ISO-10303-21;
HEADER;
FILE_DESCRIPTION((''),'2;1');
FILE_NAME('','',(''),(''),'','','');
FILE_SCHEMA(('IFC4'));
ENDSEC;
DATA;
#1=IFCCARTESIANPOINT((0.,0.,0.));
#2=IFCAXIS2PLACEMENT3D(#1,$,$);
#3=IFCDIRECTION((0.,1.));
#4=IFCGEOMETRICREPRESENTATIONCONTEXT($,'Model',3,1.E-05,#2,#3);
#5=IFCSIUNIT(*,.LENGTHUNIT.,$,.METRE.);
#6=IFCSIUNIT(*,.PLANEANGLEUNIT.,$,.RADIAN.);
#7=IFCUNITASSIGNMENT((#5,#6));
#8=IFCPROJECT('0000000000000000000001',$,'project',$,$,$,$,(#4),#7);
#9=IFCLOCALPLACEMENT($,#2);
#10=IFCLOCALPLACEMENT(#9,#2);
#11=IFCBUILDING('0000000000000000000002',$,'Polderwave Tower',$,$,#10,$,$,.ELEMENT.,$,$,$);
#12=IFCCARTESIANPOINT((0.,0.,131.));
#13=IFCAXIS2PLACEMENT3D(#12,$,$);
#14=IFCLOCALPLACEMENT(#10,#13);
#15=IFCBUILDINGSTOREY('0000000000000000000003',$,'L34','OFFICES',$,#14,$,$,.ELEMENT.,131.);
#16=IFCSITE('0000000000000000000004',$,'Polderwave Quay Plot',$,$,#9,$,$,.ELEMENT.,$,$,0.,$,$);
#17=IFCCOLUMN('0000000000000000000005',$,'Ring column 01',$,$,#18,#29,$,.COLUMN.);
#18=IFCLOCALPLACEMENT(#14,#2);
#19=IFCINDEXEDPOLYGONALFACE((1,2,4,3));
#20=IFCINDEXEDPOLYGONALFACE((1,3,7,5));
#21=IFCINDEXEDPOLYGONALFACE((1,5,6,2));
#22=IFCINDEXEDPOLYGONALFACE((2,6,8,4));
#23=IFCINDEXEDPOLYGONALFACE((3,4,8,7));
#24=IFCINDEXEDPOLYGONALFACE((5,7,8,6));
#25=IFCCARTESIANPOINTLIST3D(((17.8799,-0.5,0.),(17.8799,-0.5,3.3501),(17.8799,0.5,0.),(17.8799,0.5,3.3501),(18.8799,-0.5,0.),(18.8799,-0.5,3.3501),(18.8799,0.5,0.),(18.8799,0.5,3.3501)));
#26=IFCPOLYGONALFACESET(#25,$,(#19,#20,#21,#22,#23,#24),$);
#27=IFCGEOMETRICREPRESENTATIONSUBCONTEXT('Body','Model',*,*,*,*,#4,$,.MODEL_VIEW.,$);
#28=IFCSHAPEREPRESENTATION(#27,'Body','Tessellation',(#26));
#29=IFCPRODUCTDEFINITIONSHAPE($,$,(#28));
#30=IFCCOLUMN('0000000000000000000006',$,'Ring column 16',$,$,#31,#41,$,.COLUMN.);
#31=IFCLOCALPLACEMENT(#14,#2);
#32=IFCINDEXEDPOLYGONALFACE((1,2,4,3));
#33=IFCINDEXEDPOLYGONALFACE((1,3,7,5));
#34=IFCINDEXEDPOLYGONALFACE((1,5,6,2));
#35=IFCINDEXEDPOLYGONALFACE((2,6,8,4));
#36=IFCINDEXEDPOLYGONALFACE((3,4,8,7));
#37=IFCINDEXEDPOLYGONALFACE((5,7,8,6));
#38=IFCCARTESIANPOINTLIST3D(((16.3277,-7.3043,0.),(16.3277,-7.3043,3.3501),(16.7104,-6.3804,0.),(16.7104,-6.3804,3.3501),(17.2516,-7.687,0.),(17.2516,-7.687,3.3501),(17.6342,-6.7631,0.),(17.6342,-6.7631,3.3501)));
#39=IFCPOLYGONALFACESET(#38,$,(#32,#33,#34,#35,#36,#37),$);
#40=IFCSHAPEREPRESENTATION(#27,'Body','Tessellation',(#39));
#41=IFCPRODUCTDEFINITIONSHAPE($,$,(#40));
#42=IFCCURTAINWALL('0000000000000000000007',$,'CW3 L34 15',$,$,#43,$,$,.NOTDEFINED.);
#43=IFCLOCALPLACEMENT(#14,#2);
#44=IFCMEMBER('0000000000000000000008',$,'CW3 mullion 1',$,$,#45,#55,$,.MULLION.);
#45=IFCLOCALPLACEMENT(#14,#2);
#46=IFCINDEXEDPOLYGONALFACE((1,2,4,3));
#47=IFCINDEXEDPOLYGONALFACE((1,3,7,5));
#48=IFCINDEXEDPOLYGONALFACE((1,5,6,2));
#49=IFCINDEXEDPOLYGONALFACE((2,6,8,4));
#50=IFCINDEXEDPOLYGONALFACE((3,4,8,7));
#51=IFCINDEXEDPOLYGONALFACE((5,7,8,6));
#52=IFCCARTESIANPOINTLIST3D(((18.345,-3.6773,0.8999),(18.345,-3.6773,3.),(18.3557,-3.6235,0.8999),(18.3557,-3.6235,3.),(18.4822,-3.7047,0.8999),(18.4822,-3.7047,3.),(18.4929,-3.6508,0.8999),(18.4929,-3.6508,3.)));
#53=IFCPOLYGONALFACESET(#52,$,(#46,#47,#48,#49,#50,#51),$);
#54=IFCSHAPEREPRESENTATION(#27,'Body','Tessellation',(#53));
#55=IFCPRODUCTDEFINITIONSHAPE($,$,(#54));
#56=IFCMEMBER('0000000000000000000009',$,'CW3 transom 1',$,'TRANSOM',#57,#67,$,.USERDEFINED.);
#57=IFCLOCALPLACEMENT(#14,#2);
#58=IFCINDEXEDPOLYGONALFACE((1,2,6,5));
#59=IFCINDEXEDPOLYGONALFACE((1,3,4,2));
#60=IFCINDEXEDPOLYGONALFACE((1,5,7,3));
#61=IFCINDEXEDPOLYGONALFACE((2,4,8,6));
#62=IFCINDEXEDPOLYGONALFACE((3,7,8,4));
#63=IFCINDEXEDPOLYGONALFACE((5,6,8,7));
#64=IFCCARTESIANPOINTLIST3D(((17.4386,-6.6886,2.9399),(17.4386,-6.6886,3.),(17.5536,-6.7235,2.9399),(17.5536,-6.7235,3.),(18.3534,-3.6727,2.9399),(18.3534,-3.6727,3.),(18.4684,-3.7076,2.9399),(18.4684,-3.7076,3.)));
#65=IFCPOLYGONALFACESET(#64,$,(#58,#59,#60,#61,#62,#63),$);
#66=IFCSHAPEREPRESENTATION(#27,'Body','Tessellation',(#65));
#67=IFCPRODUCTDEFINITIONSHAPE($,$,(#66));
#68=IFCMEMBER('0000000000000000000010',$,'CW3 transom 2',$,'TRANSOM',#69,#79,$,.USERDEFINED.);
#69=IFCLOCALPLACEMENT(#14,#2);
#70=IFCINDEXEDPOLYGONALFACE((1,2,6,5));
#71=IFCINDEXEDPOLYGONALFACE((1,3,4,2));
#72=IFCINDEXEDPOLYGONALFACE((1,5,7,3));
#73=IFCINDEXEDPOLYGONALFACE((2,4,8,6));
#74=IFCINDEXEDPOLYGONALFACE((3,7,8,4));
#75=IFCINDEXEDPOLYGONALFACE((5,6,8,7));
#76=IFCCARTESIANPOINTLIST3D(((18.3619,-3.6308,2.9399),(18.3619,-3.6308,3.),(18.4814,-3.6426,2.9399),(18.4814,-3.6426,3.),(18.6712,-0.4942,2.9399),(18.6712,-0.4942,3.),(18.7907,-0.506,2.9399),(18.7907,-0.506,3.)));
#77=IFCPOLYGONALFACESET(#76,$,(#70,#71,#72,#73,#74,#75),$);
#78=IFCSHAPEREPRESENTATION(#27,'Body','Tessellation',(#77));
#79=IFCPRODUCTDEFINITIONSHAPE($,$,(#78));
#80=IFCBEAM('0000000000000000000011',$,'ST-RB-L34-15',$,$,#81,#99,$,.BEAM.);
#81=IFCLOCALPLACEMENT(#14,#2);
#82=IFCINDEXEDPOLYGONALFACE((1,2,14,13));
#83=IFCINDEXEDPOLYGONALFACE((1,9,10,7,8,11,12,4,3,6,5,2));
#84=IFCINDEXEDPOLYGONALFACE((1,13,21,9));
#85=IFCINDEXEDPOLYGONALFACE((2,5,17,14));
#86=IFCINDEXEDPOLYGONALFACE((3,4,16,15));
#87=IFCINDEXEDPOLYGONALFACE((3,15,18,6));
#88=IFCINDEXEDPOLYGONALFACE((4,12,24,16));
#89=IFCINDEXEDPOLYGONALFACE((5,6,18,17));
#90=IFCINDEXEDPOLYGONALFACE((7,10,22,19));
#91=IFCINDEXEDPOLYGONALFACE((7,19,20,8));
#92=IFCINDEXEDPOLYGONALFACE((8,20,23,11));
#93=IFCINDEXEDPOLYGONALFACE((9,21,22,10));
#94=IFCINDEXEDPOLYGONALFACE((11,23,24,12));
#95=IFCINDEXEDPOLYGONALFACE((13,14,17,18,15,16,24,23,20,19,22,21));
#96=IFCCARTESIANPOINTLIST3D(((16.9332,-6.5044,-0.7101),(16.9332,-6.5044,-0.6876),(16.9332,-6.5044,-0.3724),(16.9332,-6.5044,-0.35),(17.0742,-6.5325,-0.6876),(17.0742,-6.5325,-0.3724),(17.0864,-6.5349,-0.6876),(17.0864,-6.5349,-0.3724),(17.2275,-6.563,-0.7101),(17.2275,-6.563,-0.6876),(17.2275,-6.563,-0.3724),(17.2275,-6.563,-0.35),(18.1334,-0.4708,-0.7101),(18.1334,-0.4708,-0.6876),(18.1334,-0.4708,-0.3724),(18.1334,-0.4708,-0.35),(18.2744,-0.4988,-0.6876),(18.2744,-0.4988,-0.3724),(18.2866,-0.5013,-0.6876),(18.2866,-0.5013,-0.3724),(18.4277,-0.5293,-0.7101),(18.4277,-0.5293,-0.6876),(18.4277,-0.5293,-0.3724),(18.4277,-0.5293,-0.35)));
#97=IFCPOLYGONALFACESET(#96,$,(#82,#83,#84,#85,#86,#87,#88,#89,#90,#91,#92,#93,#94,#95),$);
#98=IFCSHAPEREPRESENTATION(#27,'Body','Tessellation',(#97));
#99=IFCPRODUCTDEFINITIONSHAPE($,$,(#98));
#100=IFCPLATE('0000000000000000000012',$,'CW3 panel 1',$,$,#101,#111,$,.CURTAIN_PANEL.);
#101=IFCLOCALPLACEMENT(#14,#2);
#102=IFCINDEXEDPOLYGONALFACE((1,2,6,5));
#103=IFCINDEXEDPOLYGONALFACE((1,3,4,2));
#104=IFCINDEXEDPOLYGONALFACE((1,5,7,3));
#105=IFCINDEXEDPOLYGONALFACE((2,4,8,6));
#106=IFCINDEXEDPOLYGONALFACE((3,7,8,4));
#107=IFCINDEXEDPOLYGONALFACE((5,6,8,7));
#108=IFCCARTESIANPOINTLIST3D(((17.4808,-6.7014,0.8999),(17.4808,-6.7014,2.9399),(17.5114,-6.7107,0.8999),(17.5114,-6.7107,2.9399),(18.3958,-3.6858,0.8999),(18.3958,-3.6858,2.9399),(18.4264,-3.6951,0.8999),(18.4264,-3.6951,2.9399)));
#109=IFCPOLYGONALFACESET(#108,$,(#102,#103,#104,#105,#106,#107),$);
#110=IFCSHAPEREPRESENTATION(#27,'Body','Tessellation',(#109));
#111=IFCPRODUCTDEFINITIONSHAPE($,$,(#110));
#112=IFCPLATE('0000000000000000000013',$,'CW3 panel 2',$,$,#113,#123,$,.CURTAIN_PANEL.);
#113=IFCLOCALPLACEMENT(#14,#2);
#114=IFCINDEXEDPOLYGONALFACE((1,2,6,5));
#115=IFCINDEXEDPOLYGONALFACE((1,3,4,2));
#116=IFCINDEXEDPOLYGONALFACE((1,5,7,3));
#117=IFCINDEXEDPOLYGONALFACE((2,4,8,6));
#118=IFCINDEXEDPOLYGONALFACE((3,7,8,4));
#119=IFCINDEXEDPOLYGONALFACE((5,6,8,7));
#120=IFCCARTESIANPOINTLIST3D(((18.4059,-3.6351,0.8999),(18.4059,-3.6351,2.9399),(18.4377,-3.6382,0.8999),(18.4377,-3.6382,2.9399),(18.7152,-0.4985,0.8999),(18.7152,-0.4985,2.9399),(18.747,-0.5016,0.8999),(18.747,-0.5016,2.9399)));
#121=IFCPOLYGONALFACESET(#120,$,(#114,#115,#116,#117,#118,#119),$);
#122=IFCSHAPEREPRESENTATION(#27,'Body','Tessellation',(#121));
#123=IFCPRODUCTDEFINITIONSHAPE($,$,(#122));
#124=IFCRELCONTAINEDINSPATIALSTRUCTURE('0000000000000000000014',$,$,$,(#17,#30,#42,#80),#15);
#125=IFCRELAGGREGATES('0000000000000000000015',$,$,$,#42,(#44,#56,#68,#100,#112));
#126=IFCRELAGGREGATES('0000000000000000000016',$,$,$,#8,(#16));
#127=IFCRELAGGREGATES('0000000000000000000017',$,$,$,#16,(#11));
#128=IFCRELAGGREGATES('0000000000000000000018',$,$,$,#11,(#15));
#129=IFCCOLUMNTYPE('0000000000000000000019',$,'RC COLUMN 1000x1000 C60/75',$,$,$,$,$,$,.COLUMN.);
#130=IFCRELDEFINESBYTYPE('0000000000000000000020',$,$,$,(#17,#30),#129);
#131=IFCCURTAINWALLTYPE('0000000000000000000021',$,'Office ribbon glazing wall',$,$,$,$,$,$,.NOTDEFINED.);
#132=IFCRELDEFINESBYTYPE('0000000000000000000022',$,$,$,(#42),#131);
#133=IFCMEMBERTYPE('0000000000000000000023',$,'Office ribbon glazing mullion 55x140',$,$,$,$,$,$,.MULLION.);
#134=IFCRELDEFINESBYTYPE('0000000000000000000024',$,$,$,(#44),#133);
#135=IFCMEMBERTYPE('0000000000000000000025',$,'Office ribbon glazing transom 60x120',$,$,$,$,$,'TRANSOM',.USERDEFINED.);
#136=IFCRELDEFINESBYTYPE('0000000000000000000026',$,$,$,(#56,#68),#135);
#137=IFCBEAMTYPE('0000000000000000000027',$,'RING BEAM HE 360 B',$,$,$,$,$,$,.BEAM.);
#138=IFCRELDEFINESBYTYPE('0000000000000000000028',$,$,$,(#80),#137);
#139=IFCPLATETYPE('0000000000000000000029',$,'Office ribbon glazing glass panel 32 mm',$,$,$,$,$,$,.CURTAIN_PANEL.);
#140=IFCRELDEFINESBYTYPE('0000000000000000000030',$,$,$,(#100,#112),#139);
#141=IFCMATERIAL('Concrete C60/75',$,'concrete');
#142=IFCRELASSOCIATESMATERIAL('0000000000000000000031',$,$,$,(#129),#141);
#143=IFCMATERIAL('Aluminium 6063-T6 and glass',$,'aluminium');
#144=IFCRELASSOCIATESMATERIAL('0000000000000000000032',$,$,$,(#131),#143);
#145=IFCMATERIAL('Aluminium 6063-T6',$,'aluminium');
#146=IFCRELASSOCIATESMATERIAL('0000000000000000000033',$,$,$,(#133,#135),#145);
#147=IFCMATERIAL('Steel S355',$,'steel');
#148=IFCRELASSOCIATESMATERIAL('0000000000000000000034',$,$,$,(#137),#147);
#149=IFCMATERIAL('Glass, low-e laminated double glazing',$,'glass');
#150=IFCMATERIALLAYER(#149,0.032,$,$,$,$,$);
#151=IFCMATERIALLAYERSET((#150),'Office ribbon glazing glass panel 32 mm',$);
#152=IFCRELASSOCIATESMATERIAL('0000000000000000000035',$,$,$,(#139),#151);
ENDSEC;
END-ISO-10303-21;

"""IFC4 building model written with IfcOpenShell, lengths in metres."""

from ifc_helpers import new_model, si_unit, direction, frame, origin, origin_2d, place, context, subcontext, project, spatial, rectangle, i_section, extrude, material, layer, layer_set, material_profile, profile_set, type_object, element, aggregate, save


model = new_model("IFC4")

# Units and contexts
model_context = context("Model", 3, precision=1e-05, world=origin(), true_north=direction((0.0, 1.0)))
body_context = subcontext(model_context, "Body", "Model", "MODEL_VIEW")
ifc_project = project(units=[si_unit("LENGTHUNIT", "METRE"), si_unit("PLANEANGLEUNIT", "RADIAN")], contexts=[model_context])

# Site, building, storey
site_placement = place(None, origin())
site = spatial("IfcSite", under=ifc_project, at=site_placement, Name="Polderwave Quay Plot", CompositionType="ELEMENT", RefElevation=0.0)
building_placement = place(site_placement, origin())
building = spatial("IfcBuilding", under=site, at=building_placement, Name="Polderwave Tower", CompositionType="ELEMENT")
storey_placement = place(building_placement, frame((0.0, 0.0, 131.0)))
storey = spatial("IfcBuildingStorey", under=building, at=storey_placement, Name="L34", Description="OFFICES", CompositionType="ELEMENT", Elevation=131.0)

# Columns
ifc_material_1 = material(Name="Concrete C60/75", Category="concrete")
ifc_material_profile_1 = material_profile(ifc_material_1, rectangle(XDim=1.0, YDim=1.0, at=origin_2d()), Name="RC 1000x1000")
ifc_profile_set_1 = profile_set([ifc_material_profile_1], Name="Concrete C60/75")
column_type = type_object("IfcColumnType", Name="RC COLUMN 1000x1000 C60/75", PredefinedType="COLUMN", material=ifc_profile_set_1)
for number, where, z_axis, x_axis, name in (
    (1, (18.3799, 0.0, 0.0), (0.0, 0.0, 1.0), (1.0, 0.0, 0.0), "Ring column 01"),
    (2, (16.981, -7.0337, 0.0), (0.0, 0.0, 1.0), (0.92388, -0.382683, 0.0), "Ring column 16"),
):
    element("IfcColumn", number, at=place(storey_placement, frame(where, z_axis=z_axis, x_axis=x_axis)), inside=storey, type_object=column_type, Name=name, PredefinedType="COLUMN", context=body_context, shape_type="SweptSolid", body=[
        extrude(rectangle(XDim=1.0, YDim=1.0, at=origin_2d()), origin(), (0.0, 0.0, 1.0), 3.3501),
    ])

# Curtain wall, members
ifc_material_2 = material(Name="Aluminium 6063-T6 and glass", Category="aluminium")
curtain_wall_type = type_object("IfcCurtainWallType", Name="Office ribbon glazing wall", PredefinedType="NOTDEFINED", material=ifc_material_2)
curtain_wall_placement = place(storey_placement, origin())
curtain_wall = element("IfcCurtainWall", 3, at=curtain_wall_placement, inside=storey, type_object=curtain_wall_type, Name="CW3 L34 15", PredefinedType="NOTDEFINED")
ifc_material_3 = material(Name="Aluminium 6063-T6", Category="aluminium")
ifc_material_profile_2 = material_profile(ifc_material_3, rectangle(XDim=0.1399, YDim=0.0549, at=origin_2d()), Name="AL 55x140")
ifc_profile_set_2 = profile_set([ifc_material_profile_2], Name="Aluminium 6063-T6")
member_type_1 = type_object("IfcMemberType", Name="Office ribbon glazing mullion 55x140", PredefinedType="MULLION", material=ifc_profile_set_2)
member_1_placement = place(storey_placement, frame((18.4189, -3.6641, 0.8999), z_axis=(0.0, 0.0, 1.0), x_axis=(-0.980768, 0.195179, 0.0)))
member_1 = element("IfcMember", 4, at=member_1_placement, type_object=member_type_1, Name="CW3 mullion 1", PredefinedType="MULLION", context=body_context, shape_type="SweptSolid", body=[
    extrude(rectangle(XDim=0.1399, YDim=0.0549, at=origin_2d()), origin(), (0.0, 0.0, 1.0), 2.1001),
])
ifc_material_profile_3 = material_profile(ifc_material_3, rectangle(XDim=0.1201, YDim=0.0601, at=origin_2d()), Name="AL 60x120")
ifc_profile_set_3 = profile_set([ifc_material_profile_3], Name="Aluminium 6063-T6")
member_type_2 = type_object("IfcMemberType", Name="Office ribbon glazing transom 60x120", ElementType="TRANSOM", PredefinedType="USERDEFINED", material=ifc_profile_set_3)
member_2_placement = place(storey_placement, frame((17.4961, -6.7061, 2.97), z_axis=(0.290268, 0.956946, 0.0), x_axis=(-0.956946, 0.290268, 0.0)))
member_2 = element("IfcMember", 5, at=member_2_placement, type_object=member_type_2, Name="CW3 transom 1", ObjectType="TRANSOM", PredefinedType="USERDEFINED", context=body_context, shape_type="SweptSolid", body=[
    extrude(rectangle(XDim=0.1201, YDim=0.0601, at=origin_2d()), origin(), (0.0, 0.0, 1.0), 3.1516),
])
member_3_placement = place(storey_placement, frame((18.4216, -3.6367, 2.97), z_axis=(0.098139, 0.995173, 0.0), x_axis=(-0.995173, 0.098139, 0.0)))
member_3 = element("IfcMember", 6, at=member_3_placement, type_object=member_type_2, Name="CW3 transom 2", ObjectType="TRANSOM", PredefinedType="USERDEFINED", context=body_context, shape_type="SweptSolid", body=[
    extrude(rectangle(XDim=0.1201, YDim=0.0601, at=origin_2d()), origin(), (0.0, 0.0, 1.0), 3.1519),
])

# Beam
ifc_material_4 = material(Name="Steel S355", Category="steel")
ifc_material_profile_4 = material_profile(ifc_material_4, i_section(OverallWidth=0.3, OverallDepth=0.3601, WebThickness=0.0125, FlangeThickness=0.0225, at=origin_2d()), Name="HE 360 B")
ifc_profile_set_4 = profile_set([ifc_material_profile_4], Name="Steel S355")
beam_type = type_object("IfcBeamType", Name="RING BEAM HE 360 B", PredefinedType="BEAM", material=ifc_profile_set_4)
beam_placement = place(storey_placement, frame((17.0803, -6.5337, -0.53), z_axis=(0.195093, 0.980785, 0.0), x_axis=(-0.980785, 0.195093, 0.0)))
element("IfcBeam", 7, at=beam_placement, inside=storey, type_object=beam_type, Name="ST-RB-L34-15", PredefinedType="BEAM", context=body_context, shape_type="SweptSolid", body=[
    extrude(i_section(OverallWidth=0.3, OverallDepth=0.3601, WebThickness=0.0125, FlangeThickness=0.0225, at=origin_2d()), origin(), (0.0, 0.0, 1.0), 6.1519),
])

# Plates
ifc_material_5 = material(Name="Glass, low-e laminated double glazing", Category="glass")
ifc_layer_1 = layer(ifc_material_5, 0.032)
ifc_layer_set_1 = layer_set([ifc_layer_1], Name="Office ribbon glazing glass panel 32 mm")
plate_type = type_object("IfcPlateType", Name="Office ribbon glazing glass panel 32 mm", PredefinedType="CURTAIN_PANEL", material=ifc_layer_set_1)
plate_1_placement = place(storey_placement, frame((17.9536, -5.1982, 0.8999), z_axis=(0.0, 0.0, 1.0), x_axis=(0.290348, 0.956921, 0.0)))
plate_1 = element("IfcPlate", 8, at=plate_1_placement, type_object=plate_type, Name="CW3 panel 1", PredefinedType="CURTAIN_PANEL", context=body_context, shape_type="SweptSolid", body=[
    extrude(rectangle(XDim=3.1514, YDim=0.032, at=origin_2d()), origin(), (0.0, 0.0, 1.0), 2.04),
])
plate_2_placement = place(storey_placement, frame((18.5764, -2.0684, 0.8999), z_axis=(0.0, 0.0, 1.0), x_axis=(0.098134, 0.995173, 0.0)))
plate_2 = element("IfcPlate", 9, at=plate_2_placement, type_object=plate_type, Name="CW3 panel 2", PredefinedType="CURTAIN_PANEL", context=body_context, shape_type="SweptSolid", body=[
    extrude(rectangle(XDim=3.1519, YDim=0.032, at=origin_2d()), origin(), (0.0, 0.0, 1.0), 2.04),
])
aggregate(curtain_wall, [member_1, member_2, member_3, plate_1, plate_2])

save(model, "model.ifc")
